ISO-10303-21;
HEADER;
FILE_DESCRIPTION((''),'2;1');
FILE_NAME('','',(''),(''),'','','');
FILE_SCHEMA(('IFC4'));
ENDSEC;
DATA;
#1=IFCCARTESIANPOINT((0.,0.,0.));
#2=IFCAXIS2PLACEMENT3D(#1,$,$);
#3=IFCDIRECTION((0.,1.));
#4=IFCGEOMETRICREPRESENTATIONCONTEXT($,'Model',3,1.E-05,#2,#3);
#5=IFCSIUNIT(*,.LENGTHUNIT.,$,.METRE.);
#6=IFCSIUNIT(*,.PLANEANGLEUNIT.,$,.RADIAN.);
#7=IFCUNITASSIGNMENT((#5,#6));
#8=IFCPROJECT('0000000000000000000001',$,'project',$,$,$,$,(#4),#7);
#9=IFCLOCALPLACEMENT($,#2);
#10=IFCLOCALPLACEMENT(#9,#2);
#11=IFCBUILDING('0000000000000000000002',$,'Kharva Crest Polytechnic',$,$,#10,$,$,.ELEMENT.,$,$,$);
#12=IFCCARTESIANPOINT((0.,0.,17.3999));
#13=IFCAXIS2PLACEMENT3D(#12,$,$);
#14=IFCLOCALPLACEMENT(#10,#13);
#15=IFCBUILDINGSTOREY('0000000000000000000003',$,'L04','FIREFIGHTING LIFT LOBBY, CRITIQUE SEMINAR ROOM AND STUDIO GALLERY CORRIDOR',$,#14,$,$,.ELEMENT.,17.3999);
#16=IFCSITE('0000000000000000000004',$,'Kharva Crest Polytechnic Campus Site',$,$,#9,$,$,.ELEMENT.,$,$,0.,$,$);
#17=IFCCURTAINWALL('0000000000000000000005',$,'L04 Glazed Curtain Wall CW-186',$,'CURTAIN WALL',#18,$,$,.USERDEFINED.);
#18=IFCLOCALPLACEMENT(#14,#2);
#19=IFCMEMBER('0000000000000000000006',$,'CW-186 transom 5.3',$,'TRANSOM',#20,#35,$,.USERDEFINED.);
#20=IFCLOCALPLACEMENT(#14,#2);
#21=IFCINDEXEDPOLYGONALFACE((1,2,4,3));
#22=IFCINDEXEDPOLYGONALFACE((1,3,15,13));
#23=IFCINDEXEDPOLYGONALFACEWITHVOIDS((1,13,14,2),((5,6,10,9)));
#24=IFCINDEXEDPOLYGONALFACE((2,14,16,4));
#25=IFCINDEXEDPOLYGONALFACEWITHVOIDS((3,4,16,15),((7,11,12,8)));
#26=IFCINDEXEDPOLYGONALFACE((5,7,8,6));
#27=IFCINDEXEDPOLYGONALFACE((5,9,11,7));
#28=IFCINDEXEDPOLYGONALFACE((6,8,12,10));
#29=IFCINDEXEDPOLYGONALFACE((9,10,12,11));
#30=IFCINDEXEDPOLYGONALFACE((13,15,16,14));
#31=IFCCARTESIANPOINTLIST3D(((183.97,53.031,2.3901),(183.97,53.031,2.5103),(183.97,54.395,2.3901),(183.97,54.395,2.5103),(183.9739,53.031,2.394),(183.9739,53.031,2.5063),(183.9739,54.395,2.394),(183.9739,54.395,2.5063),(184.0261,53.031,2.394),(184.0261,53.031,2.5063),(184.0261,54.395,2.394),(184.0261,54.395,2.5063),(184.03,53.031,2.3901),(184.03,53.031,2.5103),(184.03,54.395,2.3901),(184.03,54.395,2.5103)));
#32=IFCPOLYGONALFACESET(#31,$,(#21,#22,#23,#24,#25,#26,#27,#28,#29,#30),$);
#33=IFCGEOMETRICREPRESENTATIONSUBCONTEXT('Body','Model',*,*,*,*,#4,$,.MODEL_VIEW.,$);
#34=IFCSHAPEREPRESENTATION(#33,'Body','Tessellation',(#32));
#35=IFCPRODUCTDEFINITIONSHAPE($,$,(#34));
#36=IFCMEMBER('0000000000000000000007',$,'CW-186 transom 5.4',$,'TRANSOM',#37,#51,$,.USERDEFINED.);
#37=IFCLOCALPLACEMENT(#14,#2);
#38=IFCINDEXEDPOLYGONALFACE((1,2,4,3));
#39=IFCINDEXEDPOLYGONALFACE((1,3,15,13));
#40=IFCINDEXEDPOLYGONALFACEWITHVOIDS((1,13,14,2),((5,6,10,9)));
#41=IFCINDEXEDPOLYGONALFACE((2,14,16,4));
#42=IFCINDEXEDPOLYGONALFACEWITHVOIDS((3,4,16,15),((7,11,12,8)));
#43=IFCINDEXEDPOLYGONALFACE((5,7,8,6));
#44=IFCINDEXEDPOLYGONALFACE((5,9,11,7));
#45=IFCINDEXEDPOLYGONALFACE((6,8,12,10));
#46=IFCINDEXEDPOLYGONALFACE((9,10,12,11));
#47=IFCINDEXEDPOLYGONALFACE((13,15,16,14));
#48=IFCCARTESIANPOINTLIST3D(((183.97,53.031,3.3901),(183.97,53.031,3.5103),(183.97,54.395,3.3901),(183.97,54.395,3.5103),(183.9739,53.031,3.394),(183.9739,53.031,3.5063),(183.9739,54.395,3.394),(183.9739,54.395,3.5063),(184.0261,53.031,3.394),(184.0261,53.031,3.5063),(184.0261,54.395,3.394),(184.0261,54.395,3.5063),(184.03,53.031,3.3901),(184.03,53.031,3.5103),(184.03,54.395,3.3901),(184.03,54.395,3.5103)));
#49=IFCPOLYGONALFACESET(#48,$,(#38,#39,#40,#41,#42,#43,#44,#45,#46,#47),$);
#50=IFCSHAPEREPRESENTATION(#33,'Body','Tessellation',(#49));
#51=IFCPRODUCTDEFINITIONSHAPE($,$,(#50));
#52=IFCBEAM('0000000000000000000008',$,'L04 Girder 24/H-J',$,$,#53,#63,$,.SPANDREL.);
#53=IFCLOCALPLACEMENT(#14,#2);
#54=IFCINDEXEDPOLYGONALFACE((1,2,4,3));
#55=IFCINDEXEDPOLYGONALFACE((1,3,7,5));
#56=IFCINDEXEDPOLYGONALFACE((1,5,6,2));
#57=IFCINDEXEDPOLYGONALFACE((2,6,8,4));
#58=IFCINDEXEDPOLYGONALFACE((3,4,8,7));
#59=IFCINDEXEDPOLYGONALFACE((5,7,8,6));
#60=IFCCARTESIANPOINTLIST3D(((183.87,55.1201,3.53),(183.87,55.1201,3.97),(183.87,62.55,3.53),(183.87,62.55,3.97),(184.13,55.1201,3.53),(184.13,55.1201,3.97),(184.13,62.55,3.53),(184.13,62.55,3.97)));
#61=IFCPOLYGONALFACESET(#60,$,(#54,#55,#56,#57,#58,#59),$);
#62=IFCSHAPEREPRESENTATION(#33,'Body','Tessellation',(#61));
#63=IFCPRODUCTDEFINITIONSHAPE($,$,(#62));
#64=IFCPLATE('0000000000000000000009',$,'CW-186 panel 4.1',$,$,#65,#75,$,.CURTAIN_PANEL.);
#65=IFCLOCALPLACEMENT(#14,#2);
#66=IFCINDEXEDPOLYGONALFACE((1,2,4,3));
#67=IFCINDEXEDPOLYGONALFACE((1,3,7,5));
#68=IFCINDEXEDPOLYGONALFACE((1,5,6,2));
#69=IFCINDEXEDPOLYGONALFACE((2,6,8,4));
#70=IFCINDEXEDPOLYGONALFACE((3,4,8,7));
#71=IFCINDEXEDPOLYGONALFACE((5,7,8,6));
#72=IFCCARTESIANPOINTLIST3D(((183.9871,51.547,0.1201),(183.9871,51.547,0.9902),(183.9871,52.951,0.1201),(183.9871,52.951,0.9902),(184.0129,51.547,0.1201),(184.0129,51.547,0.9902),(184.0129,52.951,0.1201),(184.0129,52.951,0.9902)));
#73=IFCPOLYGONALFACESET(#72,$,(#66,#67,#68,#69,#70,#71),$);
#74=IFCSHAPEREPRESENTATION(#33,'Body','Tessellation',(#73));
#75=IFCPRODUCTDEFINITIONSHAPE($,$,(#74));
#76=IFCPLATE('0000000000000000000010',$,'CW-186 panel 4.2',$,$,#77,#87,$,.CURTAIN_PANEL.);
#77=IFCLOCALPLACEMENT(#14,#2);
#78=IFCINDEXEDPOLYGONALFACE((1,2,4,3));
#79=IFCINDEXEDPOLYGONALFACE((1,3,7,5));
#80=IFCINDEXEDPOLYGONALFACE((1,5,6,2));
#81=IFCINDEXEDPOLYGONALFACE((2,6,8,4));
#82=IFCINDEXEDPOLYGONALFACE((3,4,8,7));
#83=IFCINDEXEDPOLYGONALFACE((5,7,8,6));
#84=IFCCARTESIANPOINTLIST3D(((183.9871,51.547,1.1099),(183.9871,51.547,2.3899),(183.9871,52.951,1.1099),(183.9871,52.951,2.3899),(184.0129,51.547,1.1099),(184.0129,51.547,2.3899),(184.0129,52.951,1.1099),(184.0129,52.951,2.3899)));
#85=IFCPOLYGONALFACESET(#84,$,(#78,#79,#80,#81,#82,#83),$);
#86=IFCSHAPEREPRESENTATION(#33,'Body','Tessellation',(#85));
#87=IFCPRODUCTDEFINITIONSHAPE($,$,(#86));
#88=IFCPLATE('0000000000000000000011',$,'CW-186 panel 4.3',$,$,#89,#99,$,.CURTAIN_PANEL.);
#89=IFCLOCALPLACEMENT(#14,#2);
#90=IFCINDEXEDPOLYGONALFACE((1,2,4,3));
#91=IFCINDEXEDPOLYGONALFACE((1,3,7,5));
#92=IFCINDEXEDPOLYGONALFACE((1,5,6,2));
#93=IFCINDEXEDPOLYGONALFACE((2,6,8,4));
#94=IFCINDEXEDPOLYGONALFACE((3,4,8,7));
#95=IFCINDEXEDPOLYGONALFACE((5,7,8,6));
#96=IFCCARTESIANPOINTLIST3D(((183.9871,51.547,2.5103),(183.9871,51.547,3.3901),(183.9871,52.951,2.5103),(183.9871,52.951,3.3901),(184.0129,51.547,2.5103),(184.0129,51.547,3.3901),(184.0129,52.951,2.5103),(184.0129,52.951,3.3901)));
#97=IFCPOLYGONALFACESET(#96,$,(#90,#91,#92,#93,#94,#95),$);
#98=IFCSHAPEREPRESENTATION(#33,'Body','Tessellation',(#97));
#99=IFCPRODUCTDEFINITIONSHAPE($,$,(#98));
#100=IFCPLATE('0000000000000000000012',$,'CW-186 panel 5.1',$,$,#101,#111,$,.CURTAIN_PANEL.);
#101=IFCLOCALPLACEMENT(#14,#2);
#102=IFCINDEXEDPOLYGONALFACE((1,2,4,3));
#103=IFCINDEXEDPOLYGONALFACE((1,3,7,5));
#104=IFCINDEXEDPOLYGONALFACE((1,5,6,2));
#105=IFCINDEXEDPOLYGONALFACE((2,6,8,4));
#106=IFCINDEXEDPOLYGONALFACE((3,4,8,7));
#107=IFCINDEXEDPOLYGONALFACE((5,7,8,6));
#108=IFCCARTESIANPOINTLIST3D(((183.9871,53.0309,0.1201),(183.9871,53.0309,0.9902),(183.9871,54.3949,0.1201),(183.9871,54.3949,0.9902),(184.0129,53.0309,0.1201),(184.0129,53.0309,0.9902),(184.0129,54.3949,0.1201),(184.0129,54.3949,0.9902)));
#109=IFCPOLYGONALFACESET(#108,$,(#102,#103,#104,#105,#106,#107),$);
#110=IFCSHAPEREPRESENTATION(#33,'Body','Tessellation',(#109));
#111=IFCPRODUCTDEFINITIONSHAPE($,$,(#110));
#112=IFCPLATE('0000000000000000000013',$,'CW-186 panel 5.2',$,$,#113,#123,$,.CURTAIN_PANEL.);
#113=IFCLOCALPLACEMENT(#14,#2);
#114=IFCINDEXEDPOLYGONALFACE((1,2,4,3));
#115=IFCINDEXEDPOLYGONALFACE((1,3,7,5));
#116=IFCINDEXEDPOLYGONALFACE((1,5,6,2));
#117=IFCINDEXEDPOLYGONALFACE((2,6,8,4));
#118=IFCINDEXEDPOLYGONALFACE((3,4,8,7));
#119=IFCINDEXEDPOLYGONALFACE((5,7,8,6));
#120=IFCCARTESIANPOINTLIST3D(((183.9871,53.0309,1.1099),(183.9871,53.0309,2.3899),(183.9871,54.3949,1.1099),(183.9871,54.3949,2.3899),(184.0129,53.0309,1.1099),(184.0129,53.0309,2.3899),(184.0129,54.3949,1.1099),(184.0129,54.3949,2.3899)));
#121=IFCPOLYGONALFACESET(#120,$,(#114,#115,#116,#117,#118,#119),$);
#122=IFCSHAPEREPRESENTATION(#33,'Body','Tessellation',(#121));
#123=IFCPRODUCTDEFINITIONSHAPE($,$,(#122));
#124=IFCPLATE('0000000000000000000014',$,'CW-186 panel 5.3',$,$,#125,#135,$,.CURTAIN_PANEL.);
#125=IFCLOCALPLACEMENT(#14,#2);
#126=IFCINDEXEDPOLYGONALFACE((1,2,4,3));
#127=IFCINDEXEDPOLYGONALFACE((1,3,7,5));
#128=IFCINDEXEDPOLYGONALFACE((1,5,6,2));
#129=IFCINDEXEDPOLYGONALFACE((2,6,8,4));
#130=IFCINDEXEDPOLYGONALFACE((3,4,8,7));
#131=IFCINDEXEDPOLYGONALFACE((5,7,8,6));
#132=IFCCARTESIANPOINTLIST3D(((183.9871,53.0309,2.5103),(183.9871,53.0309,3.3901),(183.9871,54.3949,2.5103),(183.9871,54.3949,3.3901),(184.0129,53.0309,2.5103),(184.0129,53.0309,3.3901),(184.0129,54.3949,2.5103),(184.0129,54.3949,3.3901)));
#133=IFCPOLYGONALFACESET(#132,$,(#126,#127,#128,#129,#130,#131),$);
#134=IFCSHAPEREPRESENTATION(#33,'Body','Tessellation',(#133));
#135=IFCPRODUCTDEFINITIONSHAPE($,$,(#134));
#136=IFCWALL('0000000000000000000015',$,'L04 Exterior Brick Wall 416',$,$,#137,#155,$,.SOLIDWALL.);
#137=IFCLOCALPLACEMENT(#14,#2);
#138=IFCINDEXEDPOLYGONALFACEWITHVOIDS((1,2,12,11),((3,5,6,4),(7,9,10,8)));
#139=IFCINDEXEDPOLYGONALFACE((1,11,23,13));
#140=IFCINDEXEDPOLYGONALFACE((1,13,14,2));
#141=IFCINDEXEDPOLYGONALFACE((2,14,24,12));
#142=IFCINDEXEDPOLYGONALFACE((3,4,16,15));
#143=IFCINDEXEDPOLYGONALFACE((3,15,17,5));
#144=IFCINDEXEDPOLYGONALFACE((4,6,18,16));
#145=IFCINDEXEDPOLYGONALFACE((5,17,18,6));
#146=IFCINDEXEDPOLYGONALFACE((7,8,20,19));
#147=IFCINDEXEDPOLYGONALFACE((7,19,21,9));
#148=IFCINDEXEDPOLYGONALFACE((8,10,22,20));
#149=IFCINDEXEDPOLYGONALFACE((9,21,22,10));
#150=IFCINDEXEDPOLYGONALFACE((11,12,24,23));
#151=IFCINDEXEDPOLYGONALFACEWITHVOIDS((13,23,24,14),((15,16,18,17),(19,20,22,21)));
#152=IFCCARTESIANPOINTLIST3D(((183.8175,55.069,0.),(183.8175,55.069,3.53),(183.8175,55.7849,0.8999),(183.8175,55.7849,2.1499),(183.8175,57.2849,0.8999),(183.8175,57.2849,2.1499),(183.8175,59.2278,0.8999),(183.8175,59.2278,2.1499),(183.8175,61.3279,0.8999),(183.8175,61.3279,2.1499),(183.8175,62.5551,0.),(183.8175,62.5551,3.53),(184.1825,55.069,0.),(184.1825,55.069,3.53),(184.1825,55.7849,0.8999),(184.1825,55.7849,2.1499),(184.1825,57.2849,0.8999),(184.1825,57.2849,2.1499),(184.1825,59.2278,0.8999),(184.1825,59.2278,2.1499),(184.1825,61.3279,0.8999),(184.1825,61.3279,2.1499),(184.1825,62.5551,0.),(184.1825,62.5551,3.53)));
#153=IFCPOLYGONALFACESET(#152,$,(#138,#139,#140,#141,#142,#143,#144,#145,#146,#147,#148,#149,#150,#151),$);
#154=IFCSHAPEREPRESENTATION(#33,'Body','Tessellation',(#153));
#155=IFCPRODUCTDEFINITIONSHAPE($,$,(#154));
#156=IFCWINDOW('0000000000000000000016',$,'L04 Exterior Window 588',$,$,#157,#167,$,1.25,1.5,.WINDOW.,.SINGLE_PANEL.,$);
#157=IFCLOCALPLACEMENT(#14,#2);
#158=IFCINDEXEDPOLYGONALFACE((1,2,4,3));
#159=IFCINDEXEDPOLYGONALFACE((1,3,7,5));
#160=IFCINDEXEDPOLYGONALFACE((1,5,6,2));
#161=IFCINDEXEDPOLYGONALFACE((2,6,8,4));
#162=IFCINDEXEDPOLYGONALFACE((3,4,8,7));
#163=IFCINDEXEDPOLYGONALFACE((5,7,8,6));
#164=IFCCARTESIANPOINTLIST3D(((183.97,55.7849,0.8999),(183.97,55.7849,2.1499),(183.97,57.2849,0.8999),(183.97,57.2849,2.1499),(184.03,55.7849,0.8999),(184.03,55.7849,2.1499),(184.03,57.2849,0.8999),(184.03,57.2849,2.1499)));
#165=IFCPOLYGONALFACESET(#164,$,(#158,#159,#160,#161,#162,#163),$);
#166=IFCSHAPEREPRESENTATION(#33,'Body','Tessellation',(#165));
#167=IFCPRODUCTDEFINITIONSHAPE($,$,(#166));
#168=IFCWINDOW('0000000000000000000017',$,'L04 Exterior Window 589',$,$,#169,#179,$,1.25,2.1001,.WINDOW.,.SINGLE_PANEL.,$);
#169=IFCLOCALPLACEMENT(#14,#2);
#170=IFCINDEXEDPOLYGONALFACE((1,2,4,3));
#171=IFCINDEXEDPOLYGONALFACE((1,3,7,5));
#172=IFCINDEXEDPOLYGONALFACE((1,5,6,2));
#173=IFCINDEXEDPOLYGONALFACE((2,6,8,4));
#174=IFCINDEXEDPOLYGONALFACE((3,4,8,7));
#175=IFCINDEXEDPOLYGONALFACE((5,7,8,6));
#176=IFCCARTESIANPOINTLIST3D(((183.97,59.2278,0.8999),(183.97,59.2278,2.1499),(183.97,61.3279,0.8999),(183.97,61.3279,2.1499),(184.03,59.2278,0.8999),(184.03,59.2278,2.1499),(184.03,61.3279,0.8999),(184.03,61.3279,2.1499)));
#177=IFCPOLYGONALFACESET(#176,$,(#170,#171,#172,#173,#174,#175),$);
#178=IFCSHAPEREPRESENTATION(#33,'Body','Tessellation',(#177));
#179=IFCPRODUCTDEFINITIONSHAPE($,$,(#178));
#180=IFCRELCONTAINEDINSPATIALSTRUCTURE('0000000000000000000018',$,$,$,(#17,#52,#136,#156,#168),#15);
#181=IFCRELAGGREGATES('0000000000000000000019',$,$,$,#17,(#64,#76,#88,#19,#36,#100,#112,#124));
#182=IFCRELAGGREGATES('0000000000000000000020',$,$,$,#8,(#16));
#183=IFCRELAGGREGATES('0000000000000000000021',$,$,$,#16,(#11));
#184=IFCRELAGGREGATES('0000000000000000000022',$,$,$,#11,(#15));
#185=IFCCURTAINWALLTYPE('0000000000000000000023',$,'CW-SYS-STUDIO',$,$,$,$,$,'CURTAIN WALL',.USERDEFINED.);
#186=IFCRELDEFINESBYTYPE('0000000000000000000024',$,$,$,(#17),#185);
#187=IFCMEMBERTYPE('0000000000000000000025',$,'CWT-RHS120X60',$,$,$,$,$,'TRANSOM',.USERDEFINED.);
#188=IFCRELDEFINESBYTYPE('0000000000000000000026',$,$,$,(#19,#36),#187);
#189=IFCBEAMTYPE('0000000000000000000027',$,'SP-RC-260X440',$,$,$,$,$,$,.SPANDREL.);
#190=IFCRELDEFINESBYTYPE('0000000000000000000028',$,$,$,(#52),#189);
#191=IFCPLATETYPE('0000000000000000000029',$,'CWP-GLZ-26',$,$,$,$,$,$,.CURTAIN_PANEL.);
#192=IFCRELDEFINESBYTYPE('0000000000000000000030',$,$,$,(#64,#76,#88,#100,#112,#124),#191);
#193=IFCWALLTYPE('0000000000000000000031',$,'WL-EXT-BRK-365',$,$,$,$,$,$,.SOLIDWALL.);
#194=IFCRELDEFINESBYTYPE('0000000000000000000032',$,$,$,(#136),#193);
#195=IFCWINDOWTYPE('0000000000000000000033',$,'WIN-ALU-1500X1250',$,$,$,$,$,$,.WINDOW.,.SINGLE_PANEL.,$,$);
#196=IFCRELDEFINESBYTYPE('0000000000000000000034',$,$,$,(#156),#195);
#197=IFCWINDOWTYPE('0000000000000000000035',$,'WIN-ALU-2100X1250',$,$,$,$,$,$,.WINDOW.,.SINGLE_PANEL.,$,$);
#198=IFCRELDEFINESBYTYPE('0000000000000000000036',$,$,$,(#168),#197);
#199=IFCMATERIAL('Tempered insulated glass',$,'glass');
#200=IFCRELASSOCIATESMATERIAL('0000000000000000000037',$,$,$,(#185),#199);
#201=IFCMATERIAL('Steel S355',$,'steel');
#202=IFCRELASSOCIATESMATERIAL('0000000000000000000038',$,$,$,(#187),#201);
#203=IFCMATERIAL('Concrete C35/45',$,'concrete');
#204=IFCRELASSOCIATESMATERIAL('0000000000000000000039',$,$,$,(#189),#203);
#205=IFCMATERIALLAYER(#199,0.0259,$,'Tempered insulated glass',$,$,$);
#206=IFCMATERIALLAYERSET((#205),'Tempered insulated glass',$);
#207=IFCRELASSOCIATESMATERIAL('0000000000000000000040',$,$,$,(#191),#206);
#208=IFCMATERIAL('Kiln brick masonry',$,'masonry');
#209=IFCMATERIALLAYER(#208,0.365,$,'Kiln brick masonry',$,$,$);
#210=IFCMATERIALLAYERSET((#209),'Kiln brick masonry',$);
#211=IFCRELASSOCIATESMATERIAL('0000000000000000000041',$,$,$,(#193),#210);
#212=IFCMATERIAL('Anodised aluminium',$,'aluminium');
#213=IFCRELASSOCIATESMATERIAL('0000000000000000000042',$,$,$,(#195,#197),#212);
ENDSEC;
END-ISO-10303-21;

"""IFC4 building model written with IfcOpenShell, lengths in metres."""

from ifc_helpers import new_model, si_unit, direction, frame, frame_2d, origin, origin_2d, place, context, subcontext, project, spatial, rectangle, hollow_rectangle, extrude, material, layer, layer_set, material_profile, profile_set, type_object, element, fill, aggregate, save


model = new_model("IFC4")

# Units and contexts
model_context = context("Model", 3, precision=1e-05, world=origin(), true_north=direction((0.0, 1.0)))
body_context = subcontext(model_context, "Body", "Model", "MODEL_VIEW")
ifc_project = project(units=[si_unit("LENGTHUNIT", "METRE"), si_unit("PLANEANGLEUNIT", "RADIAN")], contexts=[model_context])

# Site, building, storey
site_placement = place(None, origin())
site = spatial("IfcSite", under=ifc_project, at=site_placement, Name="Kharva Crest Polytechnic Campus Site", CompositionType="ELEMENT", RefElevation=0.0)
building_placement = place(site_placement, origin())
building = spatial("IfcBuilding", under=site, at=building_placement, Name="Kharva Crest Polytechnic", CompositionType="ELEMENT")
storey_placement = place(building_placement, frame((0.0, 0.0, 17.3999)))
storey = spatial("IfcBuildingStorey", under=building, at=storey_placement, Name="L04", Description="FIREFIGHTING LIFT LOBBY, CRITIQUE SEMINAR ROOM AND STUDIO GALLERY CORRIDOR", CompositionType="ELEMENT", Elevation=17.3999)

# Curtain wall, members
ifc_material_1 = material(Name="Tempered insulated glass", Category="glass")
curtain_wall_type = type_object("IfcCurtainWallType", Name="CW-SYS-STUDIO", ElementType="CURTAIN WALL", PredefinedType="USERDEFINED", material=ifc_material_1)
curtain_wall_placement = place(storey_placement, origin())
curtain_wall = element("IfcCurtainWall", 1, at=curtain_wall_placement, inside=storey, type_object=curtain_wall_type, Name="L04 Glazed Curtain Wall CW-186", ObjectType="CURTAIN WALL", PredefinedType="USERDEFINED")
ifc_material_2 = material(Name="Steel S355", Category="steel")
ifc_material_profile_1 = material_profile(ifc_material_2, hollow_rectangle(XDim=0.0601, YDim=0.1201, WallThickness=0.0039, at=origin_2d()), Name="RHS 120X60X4.0")
ifc_profile_set_1 = profile_set([ifc_material_profile_1], Name="Steel S355")
member_type_1 = type_object("IfcMemberType", Name="CWT-RHS120X60", ElementType="TRANSOM", PredefinedType="USERDEFINED", material=ifc_profile_set_1)
member_1_placement = place(storey_placement, frame((184.0, 53.031, 2.4502), z_axis=(0.0, 1.0, 0.0), x_axis=(-1.0, 0.0, 0.0)))
member_1 = element("IfcMember", 2, at=member_1_placement, type_object=member_type_1, Name="CW-186 transom 5.3", ObjectType="TRANSOM", PredefinedType="USERDEFINED", context=body_context, shape_type="SweptSolid", body=[
    extrude(hollow_rectangle(XDim=0.0601, YDim=0.1201, WallThickness=0.0039, at=origin_2d()), origin(), (0.0, 0.0, 1.0), 1.364),
])
member_2_placement = place(storey_placement, frame((184.0, 53.031, 3.4502), z_axis=(0.0, 1.0, 0.0), x_axis=(-1.0, 0.0, 0.0)))
member_2 = element("IfcMember", 3, at=member_2_placement, type_object=member_type_1, Name="CW-186 transom 5.4", ObjectType="TRANSOM", PredefinedType="USERDEFINED", context=body_context, shape_type="SweptSolid", body=[
    extrude(hollow_rectangle(XDim=0.0601, YDim=0.1201, WallThickness=0.0039, at=origin_2d()), origin(), (0.0, 0.0, 1.0), 1.364),
])

# Beam
ifc_material_3 = material(Name="Concrete C35/45", Category="concrete")
ifc_material_profile_2 = material_profile(ifc_material_3, rectangle(XDim=0.26, YDim=0.4399, at=origin_2d()), Name="RECT 260 X 440")
ifc_profile_set_2 = profile_set([ifc_material_profile_2], Name="Concrete C35/45")
beam_type = type_object("IfcBeamType", Name="SP-RC-260X440", PredefinedType="SPANDREL", material=ifc_profile_set_2)
beam_placement = place(storey_placement, frame((184.0, 55.1201, 3.75), z_axis=(0.0, 1.0, 0.0), x_axis=(-1.0, 0.0, 0.0)))
element("IfcBeam", 4, at=beam_placement, inside=storey, type_object=beam_type, Name="L04 Girder 24/H-J", PredefinedType="SPANDREL", context=body_context, shape_type="SweptSolid", body=[
    extrude(rectangle(XDim=0.26, YDim=0.4399, at=origin_2d()), origin(), (0.0, 0.0, 1.0), 7.4299),
])

# Plates
ifc_layer_1 = layer(ifc_material_1, 0.0259, Name="Tempered insulated glass")
ifc_layer_set_1 = layer_set([ifc_layer_1], Name="Tempered insulated glass")
plate_type = type_object("IfcPlateType", Name="CWP-GLZ-26", PredefinedType="CURTAIN_PANEL", material=ifc_layer_set_1)
plate_1_placement = place(storey_placement, frame((184.0, 52.249, 0.1201), z_axis=(0.0, 0.0, 1.0), x_axis=(0.0, 1.0, 0.0)))
plate_1 = element("IfcPlate", 5, at=plate_1_placement, type_object=plate_type, Name="CW-186 panel 4.1", PredefinedType="CURTAIN_PANEL", context=body_context, shape_type="SweptSolid", body=[
    extrude(rectangle(XDim=1.4041, YDim=0.0259, at=origin_2d()), origin(), (0.0, 0.0, 1.0), 0.8701),
])
plate_2_placement = place(storey_placement, frame((184.0, 52.249, 1.1099), z_axis=(0.0, 0.0, 1.0), x_axis=(0.0, 1.0, 0.0)))
plate_2 = element("IfcPlate", 6, at=plate_2_placement, type_object=plate_type, Name="CW-186 panel 4.2", PredefinedType="CURTAIN_PANEL", context=body_context, shape_type="SweptSolid", body=[
    extrude(rectangle(XDim=1.4041, YDim=0.0259, at=origin_2d()), origin(), (0.0, 0.0, 1.0), 1.28),
])
plate_3_placement = place(storey_placement, frame((184.0, 52.249, 2.5103), z_axis=(0.0, 0.0, 1.0), x_axis=(0.0, 1.0, 0.0)))
plate_3 = element("IfcPlate", 7, at=plate_3_placement, type_object=plate_type, Name="CW-186 panel 4.3", PredefinedType="CURTAIN_PANEL", context=body_context, shape_type="SweptSolid", body=[
    extrude(rectangle(XDim=1.4041, YDim=0.0259, at=origin_2d()), origin(), (0.0, 0.0, 1.0), 0.8799),
])
plate_4_placement = place(storey_placement, frame((184.0, 53.7129, 0.1201), z_axis=(0.0, 0.0, 1.0), x_axis=(0.0, 1.0, 0.0)))
plate_4 = element("IfcPlate", 8, at=plate_4_placement, type_object=plate_type, Name="CW-186 panel 5.1", PredefinedType="CURTAIN_PANEL", context=body_context, shape_type="SweptSolid", body=[
    extrude(rectangle(XDim=1.364, YDim=0.0259, at=origin_2d()), origin(), (0.0, 0.0, 1.0), 0.8701),
])
plate_5_placement = place(storey_placement, frame((184.0, 53.7129, 1.1099), z_axis=(0.0, 0.0, 1.0), x_axis=(0.0, 1.0, 0.0)))
plate_5 = element("IfcPlate", 9, at=plate_5_placement, type_object=plate_type, Name="CW-186 panel 5.2", PredefinedType="CURTAIN_PANEL", context=body_context, shape_type="SweptSolid", body=[
    extrude(rectangle(XDim=1.364, YDim=0.0259, at=origin_2d()), origin(), (0.0, 0.0, 1.0), 1.28),
])
plate_6_placement = place(storey_placement, frame((184.0, 53.7129, 2.5103), z_axis=(0.0, 0.0, 1.0), x_axis=(0.0, 1.0, 0.0)))
plate_6 = element("IfcPlate", 10, at=plate_6_placement, type_object=plate_type, Name="CW-186 panel 5.3", PredefinedType="CURTAIN_PANEL", context=body_context, shape_type="SweptSolid", body=[
    extrude(rectangle(XDim=1.364, YDim=0.0259, at=origin_2d()), origin(), (0.0, 0.0, 1.0), 0.8799),
])
aggregate(curtain_wall, [plate_1, plate_2, plate_3, member_1, member_2, plate_4, plate_5, plate_6])

# Wall, openings, windows
ifc_material_4 = material(Name="Kiln brick masonry", Category="masonry")
ifc_layer_2 = layer(ifc_material_4, 0.365, Name="Kiln brick masonry")
ifc_layer_set_2 = layer_set([ifc_layer_2], Name="Kiln brick masonry")
wall_type = type_object("IfcWallType", Name="WL-EXT-BRK-365", PredefinedType="SOLIDWALL", material=ifc_layer_set_2)
wall_placement = place(storey_placement, frame((184.0, 55.0688, 0.0), z_axis=(0.0, 0.0, 1.0), x_axis=(0.0, 1.0, 0.0)))
wall = element("IfcWall", 11, at=wall_placement, inside=storey, type_object=wall_type, Name="L04 Exterior Brick Wall 416", PredefinedType="SOLIDWALL", context=body_context, shape_type="SweptSolid", body=[
    extrude(rectangle(XDim=7.4861, YDim=0.365, at=frame_2d((3.7432, 0.0))), origin(), (0.0, 0.0, 1.0), 3.53),
])
opening_1_placement = place(wall_placement, frame((0.7161, 0.0, 0.8999)))
opening_1 = element("IfcOpeningElement", 12, at=opening_1_placement, cuts=wall, PredefinedType="OPENING", context=body_context, shape_type="SweptSolid", body=[
    extrude(rectangle(XDim=1.5, YDim=1.25, at=frame_2d((0.75, 0.625))), frame((0.0, 0.1924, 0.0), z_axis=(0.0, -1.0, 0.0), x_axis=(1.0, 0.0, 0.0)), (0.0, 0.0, 1.0), 0.385),
])
opening_2_placement = place(wall_placement, frame((4.1589, 0.0, 0.8999)))
opening_2 = element("IfcOpeningElement", 13, at=opening_2_placement, cuts=wall, PredefinedType="OPENING", context=body_context, shape_type="SweptSolid", body=[
    extrude(rectangle(XDim=2.1001, YDim=1.25, at=frame_2d((1.05, 0.625))), frame((0.0, 0.1924, 0.0), z_axis=(0.0, -1.0, 0.0), x_axis=(1.0, 0.0, 0.0)), (0.0, 0.0, 1.0), 0.385),
])
ifc_material_5 = material(Name="Anodised aluminium", Category="aluminium")
window_type_1 = type_object("IfcWindowType", Name="WIN-ALU-1500X1250", PartitioningType="SINGLE_PANEL", PredefinedType="WINDOW", material=ifc_material_5)
window_1_placement = place(opening_1_placement, origin())
window_1 = element("IfcWindow", 14, at=window_1_placement, inside=storey, type_object=window_type_1, Name="L04 Exterior Window 588", OverallHeight=1.25, OverallWidth=1.5, PartitioningType="SINGLE_PANEL", PredefinedType="WINDOW", context=body_context, shape_type="SweptSolid", body=[
    extrude(rectangle(XDim=1.5, YDim=1.25, at=frame_2d((0.75, 0.625))), frame((0.0, 0.03, 0.0), z_axis=(0.0, -1.0, 0.0), x_axis=(1.0, 0.0, 0.0)), (0.0, 0.0, 1.0), 0.0601),
])
fill(opening_1, window_1)
window_type_2 = type_object("IfcWindowType", Name="WIN-ALU-2100X1250", PartitioningType="SINGLE_PANEL", PredefinedType="WINDOW", material=ifc_material_5)
window_2_placement = place(opening_2_placement, origin())
window_2 = element("IfcWindow", 15, at=window_2_placement, inside=storey, type_object=window_type_2, Name="L04 Exterior Window 589", OverallHeight=1.25, OverallWidth=2.1001, PartitioningType="SINGLE_PANEL", PredefinedType="WINDOW", context=body_context, shape_type="SweptSolid", body=[
    extrude(rectangle(XDim=2.1001, YDim=1.25, at=frame_2d((1.05, 0.625))), frame((0.0, 0.03, 0.0), z_axis=(0.0, -1.0, 0.0), x_axis=(1.0, 0.0, 0.0)), (0.0, 0.0, 1.0), 0.0601),
])
fill(opening_2, window_2)

save(model, "model.ifc")
